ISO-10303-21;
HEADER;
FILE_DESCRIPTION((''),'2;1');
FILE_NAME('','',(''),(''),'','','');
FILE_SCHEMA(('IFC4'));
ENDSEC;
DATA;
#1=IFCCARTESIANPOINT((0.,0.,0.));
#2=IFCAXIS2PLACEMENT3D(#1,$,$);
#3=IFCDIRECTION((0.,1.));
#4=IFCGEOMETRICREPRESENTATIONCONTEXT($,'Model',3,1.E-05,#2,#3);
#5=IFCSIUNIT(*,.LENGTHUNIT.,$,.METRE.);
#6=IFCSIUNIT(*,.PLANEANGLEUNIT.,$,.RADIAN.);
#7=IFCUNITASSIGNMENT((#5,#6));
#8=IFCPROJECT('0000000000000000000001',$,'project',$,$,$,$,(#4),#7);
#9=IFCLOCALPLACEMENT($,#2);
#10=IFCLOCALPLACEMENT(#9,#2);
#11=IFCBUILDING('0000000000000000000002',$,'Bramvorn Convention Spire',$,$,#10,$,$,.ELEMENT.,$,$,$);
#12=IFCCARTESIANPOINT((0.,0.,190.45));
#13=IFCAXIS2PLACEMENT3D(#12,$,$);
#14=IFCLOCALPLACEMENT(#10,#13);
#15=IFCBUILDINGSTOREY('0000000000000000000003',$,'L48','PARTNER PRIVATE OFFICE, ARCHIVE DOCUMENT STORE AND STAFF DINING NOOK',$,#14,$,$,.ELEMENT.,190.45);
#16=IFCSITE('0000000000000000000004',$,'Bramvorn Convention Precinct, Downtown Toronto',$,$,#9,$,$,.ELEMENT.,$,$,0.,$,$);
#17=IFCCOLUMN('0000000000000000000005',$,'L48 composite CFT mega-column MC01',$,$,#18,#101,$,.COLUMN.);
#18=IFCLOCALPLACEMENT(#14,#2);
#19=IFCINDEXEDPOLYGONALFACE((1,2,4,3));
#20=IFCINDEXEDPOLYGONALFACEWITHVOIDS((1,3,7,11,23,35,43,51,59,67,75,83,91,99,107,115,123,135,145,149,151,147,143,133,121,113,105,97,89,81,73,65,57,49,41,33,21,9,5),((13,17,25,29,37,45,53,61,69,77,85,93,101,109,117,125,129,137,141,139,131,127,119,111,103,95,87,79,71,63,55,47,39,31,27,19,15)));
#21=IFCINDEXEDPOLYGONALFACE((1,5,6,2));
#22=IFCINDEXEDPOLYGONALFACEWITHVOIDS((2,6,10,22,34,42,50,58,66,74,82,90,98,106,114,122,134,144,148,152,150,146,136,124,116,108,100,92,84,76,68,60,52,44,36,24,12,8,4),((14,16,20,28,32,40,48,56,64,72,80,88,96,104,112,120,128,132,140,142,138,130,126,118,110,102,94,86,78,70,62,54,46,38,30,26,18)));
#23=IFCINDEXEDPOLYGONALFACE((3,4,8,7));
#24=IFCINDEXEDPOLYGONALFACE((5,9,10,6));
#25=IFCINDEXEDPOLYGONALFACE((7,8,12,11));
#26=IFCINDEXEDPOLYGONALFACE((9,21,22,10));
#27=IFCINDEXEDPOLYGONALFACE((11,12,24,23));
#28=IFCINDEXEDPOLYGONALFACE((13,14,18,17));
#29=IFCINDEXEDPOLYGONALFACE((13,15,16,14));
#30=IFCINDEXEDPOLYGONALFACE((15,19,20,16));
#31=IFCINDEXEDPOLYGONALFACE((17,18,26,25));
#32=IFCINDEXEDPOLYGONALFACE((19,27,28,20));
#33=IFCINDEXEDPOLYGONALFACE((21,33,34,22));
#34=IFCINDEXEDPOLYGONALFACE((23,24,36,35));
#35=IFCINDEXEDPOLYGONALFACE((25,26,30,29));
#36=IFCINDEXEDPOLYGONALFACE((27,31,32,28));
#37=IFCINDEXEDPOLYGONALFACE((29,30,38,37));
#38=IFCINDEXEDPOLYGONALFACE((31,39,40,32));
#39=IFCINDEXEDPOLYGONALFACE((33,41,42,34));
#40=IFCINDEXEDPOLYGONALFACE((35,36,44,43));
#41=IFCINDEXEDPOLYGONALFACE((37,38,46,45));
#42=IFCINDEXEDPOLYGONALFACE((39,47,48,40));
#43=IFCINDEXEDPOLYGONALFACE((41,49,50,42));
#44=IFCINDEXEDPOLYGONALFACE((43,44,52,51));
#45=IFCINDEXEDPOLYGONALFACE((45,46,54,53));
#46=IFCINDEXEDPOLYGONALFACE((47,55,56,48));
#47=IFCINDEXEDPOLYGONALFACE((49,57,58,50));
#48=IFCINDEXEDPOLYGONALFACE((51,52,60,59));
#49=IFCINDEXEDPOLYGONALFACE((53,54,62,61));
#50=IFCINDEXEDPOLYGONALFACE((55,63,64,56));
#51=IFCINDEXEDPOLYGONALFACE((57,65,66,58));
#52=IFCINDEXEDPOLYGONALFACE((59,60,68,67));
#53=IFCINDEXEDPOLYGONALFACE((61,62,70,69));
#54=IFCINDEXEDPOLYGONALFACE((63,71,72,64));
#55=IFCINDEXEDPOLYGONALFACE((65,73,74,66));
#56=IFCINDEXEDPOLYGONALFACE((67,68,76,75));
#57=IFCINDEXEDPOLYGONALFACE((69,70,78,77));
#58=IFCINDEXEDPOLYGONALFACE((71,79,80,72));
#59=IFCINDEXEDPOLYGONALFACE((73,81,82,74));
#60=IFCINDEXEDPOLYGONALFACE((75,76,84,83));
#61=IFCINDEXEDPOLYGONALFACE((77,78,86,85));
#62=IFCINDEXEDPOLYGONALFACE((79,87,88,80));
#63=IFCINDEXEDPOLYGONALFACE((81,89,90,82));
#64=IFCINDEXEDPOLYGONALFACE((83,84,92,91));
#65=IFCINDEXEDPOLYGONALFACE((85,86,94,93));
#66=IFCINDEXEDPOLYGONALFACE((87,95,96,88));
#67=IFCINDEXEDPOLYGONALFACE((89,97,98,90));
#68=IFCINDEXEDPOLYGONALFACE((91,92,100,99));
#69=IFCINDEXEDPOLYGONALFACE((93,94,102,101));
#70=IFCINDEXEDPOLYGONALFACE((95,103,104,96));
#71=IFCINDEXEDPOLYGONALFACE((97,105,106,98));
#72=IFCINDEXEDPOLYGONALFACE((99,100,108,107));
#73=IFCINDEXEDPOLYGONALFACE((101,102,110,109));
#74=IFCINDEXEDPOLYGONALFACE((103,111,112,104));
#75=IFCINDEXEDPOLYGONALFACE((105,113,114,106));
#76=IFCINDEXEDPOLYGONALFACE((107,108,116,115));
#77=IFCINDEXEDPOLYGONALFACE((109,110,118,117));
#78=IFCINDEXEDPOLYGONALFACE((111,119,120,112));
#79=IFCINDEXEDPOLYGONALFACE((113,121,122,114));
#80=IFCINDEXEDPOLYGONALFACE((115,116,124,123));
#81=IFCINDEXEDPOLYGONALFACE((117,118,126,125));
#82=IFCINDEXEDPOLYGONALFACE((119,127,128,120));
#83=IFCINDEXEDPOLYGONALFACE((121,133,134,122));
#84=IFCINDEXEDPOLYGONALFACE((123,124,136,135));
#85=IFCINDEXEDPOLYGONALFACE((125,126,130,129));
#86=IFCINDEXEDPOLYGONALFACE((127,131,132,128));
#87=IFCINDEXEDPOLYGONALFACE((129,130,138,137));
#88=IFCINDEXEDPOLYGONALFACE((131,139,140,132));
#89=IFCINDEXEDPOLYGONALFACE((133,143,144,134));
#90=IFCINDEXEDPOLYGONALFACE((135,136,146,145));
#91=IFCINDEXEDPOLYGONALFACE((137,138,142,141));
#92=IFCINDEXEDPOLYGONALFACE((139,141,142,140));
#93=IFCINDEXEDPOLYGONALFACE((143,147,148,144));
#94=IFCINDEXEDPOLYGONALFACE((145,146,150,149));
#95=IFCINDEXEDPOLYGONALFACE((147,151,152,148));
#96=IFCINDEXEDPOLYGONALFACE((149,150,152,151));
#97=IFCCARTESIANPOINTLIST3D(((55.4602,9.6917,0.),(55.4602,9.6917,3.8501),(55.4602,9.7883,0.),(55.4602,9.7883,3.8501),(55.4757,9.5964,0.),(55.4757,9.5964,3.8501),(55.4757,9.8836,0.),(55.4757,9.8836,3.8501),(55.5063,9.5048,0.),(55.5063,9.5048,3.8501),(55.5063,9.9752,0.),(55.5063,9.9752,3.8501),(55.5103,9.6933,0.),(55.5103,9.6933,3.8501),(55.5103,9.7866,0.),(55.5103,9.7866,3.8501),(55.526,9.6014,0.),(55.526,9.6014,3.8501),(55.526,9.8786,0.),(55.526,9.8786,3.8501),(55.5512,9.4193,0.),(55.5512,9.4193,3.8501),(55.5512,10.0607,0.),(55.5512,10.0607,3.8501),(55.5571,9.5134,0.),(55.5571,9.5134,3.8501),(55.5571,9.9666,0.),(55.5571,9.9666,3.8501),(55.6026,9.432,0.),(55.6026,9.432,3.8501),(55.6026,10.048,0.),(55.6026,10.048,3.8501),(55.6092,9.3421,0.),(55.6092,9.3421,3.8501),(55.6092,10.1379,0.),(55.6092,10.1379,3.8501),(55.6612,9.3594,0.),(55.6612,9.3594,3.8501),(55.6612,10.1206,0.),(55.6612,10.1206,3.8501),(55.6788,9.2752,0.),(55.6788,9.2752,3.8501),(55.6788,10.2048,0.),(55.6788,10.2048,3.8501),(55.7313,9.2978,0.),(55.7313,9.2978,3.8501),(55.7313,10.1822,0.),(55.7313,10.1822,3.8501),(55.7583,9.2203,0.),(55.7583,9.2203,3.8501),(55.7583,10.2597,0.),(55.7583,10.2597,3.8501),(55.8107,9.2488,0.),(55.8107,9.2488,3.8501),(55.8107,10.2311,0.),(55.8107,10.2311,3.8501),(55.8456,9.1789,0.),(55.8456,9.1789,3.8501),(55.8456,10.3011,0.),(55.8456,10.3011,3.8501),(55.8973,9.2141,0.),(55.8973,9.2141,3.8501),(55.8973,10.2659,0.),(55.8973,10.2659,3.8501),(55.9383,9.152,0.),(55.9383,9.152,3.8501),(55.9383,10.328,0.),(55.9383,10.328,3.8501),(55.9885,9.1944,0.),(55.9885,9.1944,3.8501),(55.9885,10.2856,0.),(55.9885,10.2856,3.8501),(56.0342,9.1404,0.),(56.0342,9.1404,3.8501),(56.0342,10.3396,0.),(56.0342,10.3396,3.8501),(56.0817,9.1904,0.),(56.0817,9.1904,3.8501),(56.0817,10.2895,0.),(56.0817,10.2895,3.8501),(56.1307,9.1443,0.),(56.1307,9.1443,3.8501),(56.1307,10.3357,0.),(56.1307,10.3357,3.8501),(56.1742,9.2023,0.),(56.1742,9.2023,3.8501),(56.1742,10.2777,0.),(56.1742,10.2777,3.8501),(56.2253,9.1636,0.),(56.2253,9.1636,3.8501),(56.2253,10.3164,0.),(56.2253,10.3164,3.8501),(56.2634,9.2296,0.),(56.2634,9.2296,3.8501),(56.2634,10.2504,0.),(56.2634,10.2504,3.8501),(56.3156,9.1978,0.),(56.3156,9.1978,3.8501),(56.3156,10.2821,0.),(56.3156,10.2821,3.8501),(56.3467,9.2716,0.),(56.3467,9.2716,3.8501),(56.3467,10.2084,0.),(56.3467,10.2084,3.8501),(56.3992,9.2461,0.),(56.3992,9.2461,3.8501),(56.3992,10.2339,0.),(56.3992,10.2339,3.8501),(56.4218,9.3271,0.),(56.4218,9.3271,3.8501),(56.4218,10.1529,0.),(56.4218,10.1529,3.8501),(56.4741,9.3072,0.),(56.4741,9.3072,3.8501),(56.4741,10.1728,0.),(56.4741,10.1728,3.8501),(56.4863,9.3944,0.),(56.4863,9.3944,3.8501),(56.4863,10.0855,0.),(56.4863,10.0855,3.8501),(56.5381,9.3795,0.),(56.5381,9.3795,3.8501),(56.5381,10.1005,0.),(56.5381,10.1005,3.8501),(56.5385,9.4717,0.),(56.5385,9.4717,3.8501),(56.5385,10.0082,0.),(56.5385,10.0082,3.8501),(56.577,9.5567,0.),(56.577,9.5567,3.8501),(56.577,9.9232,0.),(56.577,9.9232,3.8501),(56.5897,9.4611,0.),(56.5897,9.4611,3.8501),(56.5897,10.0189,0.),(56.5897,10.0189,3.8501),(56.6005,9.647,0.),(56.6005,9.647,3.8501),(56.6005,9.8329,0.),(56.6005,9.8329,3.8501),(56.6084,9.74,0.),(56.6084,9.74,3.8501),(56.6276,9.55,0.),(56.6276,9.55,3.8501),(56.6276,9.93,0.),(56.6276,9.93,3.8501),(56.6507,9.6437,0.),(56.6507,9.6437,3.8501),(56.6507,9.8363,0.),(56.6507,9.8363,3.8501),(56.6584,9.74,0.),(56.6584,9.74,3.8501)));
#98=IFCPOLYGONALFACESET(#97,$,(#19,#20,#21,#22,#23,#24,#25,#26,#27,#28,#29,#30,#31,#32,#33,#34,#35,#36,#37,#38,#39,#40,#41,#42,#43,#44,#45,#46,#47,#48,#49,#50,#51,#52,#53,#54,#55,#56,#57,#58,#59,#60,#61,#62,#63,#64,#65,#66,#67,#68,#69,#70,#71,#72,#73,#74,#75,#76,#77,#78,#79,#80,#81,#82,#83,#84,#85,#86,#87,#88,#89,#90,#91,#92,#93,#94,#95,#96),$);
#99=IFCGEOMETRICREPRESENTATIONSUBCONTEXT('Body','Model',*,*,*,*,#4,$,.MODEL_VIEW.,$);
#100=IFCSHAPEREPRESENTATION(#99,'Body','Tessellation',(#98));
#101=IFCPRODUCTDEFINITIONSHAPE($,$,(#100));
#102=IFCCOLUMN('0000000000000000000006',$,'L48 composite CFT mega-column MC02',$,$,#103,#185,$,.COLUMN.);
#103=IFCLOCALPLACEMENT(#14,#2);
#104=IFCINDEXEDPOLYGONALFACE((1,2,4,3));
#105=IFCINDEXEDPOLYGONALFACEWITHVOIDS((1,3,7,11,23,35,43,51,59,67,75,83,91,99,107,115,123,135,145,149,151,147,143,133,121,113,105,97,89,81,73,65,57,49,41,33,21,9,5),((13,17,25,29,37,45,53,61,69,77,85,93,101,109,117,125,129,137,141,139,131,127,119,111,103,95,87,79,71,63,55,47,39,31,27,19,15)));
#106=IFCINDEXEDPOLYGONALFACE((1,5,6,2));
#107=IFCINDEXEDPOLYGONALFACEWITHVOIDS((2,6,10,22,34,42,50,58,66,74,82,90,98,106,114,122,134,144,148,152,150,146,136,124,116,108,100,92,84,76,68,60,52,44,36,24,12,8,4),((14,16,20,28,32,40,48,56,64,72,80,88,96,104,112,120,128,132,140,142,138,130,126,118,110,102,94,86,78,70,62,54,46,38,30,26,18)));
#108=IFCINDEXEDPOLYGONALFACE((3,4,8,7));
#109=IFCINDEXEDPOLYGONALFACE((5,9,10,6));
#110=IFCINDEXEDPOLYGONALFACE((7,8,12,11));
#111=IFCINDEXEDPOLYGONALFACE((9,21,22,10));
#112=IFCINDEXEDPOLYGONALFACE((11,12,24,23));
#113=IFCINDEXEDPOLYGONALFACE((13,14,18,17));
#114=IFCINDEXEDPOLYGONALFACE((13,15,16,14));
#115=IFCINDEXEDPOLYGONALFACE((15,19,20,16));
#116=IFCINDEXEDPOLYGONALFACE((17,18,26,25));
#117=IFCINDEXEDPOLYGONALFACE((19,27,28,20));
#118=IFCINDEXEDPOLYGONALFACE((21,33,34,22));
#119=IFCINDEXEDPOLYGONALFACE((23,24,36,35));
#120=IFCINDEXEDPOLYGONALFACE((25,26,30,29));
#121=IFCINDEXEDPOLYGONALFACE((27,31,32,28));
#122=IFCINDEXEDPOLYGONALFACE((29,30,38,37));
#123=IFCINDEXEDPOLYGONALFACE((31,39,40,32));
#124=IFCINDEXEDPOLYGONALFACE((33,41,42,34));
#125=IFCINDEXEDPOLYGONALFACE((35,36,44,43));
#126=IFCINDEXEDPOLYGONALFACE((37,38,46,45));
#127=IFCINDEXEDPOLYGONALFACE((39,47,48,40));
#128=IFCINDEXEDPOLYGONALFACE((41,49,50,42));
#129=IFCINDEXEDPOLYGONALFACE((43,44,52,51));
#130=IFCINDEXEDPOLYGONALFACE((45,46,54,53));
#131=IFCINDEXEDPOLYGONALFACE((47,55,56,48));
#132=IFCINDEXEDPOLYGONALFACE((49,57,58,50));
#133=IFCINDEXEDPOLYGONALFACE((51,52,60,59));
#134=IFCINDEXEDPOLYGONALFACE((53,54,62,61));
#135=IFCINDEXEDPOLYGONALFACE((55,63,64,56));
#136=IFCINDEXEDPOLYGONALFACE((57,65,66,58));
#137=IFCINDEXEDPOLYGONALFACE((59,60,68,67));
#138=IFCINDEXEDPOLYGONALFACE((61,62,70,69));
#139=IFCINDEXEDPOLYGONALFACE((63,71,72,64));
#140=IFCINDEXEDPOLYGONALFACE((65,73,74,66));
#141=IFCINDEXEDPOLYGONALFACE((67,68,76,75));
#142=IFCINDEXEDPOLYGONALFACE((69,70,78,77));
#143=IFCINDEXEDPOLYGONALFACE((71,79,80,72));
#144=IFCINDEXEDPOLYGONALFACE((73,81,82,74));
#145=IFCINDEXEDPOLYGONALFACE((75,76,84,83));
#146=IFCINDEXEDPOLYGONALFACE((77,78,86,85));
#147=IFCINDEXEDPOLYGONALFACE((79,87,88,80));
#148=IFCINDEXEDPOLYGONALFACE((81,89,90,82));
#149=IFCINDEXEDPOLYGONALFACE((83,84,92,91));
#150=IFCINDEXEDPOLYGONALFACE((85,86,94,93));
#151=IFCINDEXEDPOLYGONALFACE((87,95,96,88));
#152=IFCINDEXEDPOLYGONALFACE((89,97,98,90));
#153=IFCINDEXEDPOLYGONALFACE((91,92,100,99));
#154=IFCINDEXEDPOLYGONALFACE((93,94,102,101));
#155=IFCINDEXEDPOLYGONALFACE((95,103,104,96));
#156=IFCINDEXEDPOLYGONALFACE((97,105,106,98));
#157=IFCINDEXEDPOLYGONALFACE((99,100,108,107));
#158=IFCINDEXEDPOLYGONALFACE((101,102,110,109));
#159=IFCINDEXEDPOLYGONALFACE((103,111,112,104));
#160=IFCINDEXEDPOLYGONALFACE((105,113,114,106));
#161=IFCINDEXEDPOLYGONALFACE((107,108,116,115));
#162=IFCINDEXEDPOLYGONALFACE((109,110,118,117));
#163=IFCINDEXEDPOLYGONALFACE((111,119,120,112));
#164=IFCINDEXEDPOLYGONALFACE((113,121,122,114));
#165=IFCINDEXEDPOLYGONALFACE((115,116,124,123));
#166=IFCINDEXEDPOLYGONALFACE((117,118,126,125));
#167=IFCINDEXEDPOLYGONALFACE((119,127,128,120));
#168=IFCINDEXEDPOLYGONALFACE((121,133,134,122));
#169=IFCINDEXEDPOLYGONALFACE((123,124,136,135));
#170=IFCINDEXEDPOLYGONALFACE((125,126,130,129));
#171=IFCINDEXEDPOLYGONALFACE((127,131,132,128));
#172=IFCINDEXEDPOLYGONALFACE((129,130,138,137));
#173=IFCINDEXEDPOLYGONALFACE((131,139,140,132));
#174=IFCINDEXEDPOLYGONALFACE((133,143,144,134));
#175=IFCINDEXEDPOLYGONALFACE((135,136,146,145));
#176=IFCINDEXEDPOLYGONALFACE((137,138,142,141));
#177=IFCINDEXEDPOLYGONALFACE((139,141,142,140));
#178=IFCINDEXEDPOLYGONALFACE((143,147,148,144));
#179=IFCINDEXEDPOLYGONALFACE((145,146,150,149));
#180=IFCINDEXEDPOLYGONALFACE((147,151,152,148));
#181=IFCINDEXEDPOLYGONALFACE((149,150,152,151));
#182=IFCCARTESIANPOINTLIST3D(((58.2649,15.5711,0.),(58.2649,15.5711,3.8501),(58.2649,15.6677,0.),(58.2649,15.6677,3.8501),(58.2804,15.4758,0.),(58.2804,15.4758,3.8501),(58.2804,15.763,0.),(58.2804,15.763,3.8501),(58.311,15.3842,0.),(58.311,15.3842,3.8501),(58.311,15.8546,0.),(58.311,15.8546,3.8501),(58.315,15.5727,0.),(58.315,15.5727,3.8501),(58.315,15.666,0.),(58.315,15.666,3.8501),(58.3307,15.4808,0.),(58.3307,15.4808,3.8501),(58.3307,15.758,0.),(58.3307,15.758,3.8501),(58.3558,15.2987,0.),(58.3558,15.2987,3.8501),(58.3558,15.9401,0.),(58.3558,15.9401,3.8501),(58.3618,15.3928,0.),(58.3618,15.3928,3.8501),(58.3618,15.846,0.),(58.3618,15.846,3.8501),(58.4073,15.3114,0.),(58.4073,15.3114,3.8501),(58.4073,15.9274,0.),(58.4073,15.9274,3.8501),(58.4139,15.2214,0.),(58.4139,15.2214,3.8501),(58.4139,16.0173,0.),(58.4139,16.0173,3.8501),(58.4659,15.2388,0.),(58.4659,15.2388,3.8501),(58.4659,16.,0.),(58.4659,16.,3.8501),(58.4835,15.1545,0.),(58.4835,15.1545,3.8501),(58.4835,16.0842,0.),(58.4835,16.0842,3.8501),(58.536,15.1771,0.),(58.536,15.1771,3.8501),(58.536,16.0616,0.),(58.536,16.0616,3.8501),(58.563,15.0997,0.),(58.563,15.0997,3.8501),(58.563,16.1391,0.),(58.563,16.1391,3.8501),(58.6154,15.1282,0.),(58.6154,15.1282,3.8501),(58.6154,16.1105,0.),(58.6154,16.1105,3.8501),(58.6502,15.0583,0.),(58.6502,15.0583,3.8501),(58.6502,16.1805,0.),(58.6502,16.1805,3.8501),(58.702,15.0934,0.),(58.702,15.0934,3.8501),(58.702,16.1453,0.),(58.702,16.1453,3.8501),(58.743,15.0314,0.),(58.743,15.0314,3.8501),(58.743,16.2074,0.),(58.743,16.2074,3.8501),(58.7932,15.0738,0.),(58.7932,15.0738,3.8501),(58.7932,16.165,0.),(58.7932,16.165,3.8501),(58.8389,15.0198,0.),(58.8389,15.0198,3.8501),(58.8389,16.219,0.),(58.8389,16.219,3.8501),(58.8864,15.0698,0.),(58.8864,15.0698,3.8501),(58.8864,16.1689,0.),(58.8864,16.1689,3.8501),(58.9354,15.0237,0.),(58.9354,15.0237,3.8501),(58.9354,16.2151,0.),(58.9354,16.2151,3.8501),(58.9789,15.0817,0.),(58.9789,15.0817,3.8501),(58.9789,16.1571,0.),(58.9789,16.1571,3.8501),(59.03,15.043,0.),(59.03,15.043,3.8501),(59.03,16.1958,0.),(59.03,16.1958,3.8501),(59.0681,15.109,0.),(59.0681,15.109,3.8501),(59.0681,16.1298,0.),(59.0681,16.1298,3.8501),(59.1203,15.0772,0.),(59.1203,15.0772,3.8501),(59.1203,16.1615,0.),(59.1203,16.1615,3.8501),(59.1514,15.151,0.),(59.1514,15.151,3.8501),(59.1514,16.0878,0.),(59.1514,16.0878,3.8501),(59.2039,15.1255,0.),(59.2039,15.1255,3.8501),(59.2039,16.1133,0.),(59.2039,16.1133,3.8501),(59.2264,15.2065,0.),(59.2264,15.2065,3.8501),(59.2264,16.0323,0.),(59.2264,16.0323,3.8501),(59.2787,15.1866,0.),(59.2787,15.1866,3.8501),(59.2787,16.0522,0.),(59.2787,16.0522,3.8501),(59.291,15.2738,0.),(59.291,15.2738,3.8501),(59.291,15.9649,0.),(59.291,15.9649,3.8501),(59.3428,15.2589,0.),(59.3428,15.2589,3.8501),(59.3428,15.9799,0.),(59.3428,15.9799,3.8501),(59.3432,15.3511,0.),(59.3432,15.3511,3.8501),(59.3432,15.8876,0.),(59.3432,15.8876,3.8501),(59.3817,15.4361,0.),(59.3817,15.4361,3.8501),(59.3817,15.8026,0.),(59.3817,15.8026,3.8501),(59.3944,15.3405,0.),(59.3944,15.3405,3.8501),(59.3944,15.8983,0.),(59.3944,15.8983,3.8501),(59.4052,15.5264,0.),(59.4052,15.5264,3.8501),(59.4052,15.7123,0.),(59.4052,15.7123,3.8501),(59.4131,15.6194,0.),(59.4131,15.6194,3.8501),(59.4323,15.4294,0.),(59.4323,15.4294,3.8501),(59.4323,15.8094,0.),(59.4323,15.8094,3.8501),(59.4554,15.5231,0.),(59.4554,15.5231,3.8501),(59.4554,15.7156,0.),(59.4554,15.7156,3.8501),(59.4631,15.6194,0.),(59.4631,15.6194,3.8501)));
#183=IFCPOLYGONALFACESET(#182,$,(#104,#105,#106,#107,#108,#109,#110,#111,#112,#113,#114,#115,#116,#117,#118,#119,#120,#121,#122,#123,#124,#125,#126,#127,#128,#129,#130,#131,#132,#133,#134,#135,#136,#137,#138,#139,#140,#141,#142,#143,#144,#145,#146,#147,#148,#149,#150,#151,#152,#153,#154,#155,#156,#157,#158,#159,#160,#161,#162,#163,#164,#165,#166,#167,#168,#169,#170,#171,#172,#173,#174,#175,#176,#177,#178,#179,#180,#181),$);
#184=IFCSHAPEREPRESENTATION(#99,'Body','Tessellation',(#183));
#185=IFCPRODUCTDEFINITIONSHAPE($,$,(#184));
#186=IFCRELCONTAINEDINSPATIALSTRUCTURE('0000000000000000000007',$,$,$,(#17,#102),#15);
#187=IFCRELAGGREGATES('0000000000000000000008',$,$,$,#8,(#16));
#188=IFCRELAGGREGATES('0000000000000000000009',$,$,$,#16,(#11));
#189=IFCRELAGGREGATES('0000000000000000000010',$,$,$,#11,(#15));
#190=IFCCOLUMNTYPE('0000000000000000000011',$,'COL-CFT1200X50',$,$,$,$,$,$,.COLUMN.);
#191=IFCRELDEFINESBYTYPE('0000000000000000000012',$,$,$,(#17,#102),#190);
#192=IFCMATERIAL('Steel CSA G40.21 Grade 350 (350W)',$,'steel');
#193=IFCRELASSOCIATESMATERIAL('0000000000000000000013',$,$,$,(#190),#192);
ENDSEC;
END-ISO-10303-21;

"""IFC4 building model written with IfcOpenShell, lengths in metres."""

from ifc_helpers import new_model, si_unit, direction, frame, origin, origin_2d, place, context, subcontext, project, spatial, hollow_circle, extrude, material, material_profile, profile_set, type_object, element, save


model = new_model("IFC4")

# Units and contexts
model_context = context("Model", 3, precision=1e-05, world=origin(), true_north=direction((0.0, 1.0)))
body_context = subcontext(model_context, "Body", "Model", "MODEL_VIEW")
ifc_project = project(units=[si_unit("LENGTHUNIT", "METRE"), si_unit("PLANEANGLEUNIT", "RADIAN")], contexts=[model_context])

# Site, building, storey
site_placement = place(None, origin())
site = spatial("IfcSite", under=ifc_project, at=site_placement, Name="Bramvorn Convention Precinct, Downtown Toronto", CompositionType="ELEMENT", RefElevation=0.0)
building_placement = place(site_placement, origin())
building = spatial("IfcBuilding", under=site, at=building_placement, Name="Bramvorn Convention Spire", CompositionType="ELEMENT")
storey_placement = place(building_placement, frame((0.0, 0.0, 190.45)))
storey = spatial("IfcBuildingStorey", under=building, at=storey_placement, Name="L48", Description="PARTNER PRIVATE OFFICE, ARCHIVE DOCUMENT STORE AND STAFF DINING NOOK", CompositionType="ELEMENT", Elevation=190.45)

# Columns
ifc_material_1 = material(Name="Steel CSA G40.21 Grade 350 (350W)", Category="steel")
ifc_material_profile_1 = material_profile(ifc_material_1, hollow_circle(Radius=0.6001, WallThickness=0.05, at=origin_2d()))
ifc_profile_set_1 = profile_set([ifc_material_profile_1], Name="Steel CSA G40.21 Grade 350 (350W) - CFT1200X50")
column_type = type_object("IfcColumnType", Name="COL-CFT1200X50", PredefinedType="COLUMN", material=ifc_profile_set_1)
for number, where, z_axis, x_axis, name in (
    (1, (56.0583, 9.74, 0.0), (0.0, 0.0, 1.0), (1.0, 0.0, 0.0), "L48 composite CFT mega-column MC01"),
    (2, (58.863, 15.6194, 0.0), (0.0, 0.0, 1.0), (1.0, 0.0, 0.0), "L48 composite CFT mega-column MC02"),
):
    element("IfcColumn", number, at=place(storey_placement, frame(where, z_axis=z_axis, x_axis=x_axis)), inside=storey, type_object=column_type, Name=name, PredefinedType="COLUMN", context=body_context, shape_type="SweptSolid", body=[
        extrude(hollow_circle(Radius=0.6001, WallThickness=0.05, at=origin_2d()), origin(), (0.0, 0.0, 1.0), 3.8501),
    ])

save(model, "model.ifc")
